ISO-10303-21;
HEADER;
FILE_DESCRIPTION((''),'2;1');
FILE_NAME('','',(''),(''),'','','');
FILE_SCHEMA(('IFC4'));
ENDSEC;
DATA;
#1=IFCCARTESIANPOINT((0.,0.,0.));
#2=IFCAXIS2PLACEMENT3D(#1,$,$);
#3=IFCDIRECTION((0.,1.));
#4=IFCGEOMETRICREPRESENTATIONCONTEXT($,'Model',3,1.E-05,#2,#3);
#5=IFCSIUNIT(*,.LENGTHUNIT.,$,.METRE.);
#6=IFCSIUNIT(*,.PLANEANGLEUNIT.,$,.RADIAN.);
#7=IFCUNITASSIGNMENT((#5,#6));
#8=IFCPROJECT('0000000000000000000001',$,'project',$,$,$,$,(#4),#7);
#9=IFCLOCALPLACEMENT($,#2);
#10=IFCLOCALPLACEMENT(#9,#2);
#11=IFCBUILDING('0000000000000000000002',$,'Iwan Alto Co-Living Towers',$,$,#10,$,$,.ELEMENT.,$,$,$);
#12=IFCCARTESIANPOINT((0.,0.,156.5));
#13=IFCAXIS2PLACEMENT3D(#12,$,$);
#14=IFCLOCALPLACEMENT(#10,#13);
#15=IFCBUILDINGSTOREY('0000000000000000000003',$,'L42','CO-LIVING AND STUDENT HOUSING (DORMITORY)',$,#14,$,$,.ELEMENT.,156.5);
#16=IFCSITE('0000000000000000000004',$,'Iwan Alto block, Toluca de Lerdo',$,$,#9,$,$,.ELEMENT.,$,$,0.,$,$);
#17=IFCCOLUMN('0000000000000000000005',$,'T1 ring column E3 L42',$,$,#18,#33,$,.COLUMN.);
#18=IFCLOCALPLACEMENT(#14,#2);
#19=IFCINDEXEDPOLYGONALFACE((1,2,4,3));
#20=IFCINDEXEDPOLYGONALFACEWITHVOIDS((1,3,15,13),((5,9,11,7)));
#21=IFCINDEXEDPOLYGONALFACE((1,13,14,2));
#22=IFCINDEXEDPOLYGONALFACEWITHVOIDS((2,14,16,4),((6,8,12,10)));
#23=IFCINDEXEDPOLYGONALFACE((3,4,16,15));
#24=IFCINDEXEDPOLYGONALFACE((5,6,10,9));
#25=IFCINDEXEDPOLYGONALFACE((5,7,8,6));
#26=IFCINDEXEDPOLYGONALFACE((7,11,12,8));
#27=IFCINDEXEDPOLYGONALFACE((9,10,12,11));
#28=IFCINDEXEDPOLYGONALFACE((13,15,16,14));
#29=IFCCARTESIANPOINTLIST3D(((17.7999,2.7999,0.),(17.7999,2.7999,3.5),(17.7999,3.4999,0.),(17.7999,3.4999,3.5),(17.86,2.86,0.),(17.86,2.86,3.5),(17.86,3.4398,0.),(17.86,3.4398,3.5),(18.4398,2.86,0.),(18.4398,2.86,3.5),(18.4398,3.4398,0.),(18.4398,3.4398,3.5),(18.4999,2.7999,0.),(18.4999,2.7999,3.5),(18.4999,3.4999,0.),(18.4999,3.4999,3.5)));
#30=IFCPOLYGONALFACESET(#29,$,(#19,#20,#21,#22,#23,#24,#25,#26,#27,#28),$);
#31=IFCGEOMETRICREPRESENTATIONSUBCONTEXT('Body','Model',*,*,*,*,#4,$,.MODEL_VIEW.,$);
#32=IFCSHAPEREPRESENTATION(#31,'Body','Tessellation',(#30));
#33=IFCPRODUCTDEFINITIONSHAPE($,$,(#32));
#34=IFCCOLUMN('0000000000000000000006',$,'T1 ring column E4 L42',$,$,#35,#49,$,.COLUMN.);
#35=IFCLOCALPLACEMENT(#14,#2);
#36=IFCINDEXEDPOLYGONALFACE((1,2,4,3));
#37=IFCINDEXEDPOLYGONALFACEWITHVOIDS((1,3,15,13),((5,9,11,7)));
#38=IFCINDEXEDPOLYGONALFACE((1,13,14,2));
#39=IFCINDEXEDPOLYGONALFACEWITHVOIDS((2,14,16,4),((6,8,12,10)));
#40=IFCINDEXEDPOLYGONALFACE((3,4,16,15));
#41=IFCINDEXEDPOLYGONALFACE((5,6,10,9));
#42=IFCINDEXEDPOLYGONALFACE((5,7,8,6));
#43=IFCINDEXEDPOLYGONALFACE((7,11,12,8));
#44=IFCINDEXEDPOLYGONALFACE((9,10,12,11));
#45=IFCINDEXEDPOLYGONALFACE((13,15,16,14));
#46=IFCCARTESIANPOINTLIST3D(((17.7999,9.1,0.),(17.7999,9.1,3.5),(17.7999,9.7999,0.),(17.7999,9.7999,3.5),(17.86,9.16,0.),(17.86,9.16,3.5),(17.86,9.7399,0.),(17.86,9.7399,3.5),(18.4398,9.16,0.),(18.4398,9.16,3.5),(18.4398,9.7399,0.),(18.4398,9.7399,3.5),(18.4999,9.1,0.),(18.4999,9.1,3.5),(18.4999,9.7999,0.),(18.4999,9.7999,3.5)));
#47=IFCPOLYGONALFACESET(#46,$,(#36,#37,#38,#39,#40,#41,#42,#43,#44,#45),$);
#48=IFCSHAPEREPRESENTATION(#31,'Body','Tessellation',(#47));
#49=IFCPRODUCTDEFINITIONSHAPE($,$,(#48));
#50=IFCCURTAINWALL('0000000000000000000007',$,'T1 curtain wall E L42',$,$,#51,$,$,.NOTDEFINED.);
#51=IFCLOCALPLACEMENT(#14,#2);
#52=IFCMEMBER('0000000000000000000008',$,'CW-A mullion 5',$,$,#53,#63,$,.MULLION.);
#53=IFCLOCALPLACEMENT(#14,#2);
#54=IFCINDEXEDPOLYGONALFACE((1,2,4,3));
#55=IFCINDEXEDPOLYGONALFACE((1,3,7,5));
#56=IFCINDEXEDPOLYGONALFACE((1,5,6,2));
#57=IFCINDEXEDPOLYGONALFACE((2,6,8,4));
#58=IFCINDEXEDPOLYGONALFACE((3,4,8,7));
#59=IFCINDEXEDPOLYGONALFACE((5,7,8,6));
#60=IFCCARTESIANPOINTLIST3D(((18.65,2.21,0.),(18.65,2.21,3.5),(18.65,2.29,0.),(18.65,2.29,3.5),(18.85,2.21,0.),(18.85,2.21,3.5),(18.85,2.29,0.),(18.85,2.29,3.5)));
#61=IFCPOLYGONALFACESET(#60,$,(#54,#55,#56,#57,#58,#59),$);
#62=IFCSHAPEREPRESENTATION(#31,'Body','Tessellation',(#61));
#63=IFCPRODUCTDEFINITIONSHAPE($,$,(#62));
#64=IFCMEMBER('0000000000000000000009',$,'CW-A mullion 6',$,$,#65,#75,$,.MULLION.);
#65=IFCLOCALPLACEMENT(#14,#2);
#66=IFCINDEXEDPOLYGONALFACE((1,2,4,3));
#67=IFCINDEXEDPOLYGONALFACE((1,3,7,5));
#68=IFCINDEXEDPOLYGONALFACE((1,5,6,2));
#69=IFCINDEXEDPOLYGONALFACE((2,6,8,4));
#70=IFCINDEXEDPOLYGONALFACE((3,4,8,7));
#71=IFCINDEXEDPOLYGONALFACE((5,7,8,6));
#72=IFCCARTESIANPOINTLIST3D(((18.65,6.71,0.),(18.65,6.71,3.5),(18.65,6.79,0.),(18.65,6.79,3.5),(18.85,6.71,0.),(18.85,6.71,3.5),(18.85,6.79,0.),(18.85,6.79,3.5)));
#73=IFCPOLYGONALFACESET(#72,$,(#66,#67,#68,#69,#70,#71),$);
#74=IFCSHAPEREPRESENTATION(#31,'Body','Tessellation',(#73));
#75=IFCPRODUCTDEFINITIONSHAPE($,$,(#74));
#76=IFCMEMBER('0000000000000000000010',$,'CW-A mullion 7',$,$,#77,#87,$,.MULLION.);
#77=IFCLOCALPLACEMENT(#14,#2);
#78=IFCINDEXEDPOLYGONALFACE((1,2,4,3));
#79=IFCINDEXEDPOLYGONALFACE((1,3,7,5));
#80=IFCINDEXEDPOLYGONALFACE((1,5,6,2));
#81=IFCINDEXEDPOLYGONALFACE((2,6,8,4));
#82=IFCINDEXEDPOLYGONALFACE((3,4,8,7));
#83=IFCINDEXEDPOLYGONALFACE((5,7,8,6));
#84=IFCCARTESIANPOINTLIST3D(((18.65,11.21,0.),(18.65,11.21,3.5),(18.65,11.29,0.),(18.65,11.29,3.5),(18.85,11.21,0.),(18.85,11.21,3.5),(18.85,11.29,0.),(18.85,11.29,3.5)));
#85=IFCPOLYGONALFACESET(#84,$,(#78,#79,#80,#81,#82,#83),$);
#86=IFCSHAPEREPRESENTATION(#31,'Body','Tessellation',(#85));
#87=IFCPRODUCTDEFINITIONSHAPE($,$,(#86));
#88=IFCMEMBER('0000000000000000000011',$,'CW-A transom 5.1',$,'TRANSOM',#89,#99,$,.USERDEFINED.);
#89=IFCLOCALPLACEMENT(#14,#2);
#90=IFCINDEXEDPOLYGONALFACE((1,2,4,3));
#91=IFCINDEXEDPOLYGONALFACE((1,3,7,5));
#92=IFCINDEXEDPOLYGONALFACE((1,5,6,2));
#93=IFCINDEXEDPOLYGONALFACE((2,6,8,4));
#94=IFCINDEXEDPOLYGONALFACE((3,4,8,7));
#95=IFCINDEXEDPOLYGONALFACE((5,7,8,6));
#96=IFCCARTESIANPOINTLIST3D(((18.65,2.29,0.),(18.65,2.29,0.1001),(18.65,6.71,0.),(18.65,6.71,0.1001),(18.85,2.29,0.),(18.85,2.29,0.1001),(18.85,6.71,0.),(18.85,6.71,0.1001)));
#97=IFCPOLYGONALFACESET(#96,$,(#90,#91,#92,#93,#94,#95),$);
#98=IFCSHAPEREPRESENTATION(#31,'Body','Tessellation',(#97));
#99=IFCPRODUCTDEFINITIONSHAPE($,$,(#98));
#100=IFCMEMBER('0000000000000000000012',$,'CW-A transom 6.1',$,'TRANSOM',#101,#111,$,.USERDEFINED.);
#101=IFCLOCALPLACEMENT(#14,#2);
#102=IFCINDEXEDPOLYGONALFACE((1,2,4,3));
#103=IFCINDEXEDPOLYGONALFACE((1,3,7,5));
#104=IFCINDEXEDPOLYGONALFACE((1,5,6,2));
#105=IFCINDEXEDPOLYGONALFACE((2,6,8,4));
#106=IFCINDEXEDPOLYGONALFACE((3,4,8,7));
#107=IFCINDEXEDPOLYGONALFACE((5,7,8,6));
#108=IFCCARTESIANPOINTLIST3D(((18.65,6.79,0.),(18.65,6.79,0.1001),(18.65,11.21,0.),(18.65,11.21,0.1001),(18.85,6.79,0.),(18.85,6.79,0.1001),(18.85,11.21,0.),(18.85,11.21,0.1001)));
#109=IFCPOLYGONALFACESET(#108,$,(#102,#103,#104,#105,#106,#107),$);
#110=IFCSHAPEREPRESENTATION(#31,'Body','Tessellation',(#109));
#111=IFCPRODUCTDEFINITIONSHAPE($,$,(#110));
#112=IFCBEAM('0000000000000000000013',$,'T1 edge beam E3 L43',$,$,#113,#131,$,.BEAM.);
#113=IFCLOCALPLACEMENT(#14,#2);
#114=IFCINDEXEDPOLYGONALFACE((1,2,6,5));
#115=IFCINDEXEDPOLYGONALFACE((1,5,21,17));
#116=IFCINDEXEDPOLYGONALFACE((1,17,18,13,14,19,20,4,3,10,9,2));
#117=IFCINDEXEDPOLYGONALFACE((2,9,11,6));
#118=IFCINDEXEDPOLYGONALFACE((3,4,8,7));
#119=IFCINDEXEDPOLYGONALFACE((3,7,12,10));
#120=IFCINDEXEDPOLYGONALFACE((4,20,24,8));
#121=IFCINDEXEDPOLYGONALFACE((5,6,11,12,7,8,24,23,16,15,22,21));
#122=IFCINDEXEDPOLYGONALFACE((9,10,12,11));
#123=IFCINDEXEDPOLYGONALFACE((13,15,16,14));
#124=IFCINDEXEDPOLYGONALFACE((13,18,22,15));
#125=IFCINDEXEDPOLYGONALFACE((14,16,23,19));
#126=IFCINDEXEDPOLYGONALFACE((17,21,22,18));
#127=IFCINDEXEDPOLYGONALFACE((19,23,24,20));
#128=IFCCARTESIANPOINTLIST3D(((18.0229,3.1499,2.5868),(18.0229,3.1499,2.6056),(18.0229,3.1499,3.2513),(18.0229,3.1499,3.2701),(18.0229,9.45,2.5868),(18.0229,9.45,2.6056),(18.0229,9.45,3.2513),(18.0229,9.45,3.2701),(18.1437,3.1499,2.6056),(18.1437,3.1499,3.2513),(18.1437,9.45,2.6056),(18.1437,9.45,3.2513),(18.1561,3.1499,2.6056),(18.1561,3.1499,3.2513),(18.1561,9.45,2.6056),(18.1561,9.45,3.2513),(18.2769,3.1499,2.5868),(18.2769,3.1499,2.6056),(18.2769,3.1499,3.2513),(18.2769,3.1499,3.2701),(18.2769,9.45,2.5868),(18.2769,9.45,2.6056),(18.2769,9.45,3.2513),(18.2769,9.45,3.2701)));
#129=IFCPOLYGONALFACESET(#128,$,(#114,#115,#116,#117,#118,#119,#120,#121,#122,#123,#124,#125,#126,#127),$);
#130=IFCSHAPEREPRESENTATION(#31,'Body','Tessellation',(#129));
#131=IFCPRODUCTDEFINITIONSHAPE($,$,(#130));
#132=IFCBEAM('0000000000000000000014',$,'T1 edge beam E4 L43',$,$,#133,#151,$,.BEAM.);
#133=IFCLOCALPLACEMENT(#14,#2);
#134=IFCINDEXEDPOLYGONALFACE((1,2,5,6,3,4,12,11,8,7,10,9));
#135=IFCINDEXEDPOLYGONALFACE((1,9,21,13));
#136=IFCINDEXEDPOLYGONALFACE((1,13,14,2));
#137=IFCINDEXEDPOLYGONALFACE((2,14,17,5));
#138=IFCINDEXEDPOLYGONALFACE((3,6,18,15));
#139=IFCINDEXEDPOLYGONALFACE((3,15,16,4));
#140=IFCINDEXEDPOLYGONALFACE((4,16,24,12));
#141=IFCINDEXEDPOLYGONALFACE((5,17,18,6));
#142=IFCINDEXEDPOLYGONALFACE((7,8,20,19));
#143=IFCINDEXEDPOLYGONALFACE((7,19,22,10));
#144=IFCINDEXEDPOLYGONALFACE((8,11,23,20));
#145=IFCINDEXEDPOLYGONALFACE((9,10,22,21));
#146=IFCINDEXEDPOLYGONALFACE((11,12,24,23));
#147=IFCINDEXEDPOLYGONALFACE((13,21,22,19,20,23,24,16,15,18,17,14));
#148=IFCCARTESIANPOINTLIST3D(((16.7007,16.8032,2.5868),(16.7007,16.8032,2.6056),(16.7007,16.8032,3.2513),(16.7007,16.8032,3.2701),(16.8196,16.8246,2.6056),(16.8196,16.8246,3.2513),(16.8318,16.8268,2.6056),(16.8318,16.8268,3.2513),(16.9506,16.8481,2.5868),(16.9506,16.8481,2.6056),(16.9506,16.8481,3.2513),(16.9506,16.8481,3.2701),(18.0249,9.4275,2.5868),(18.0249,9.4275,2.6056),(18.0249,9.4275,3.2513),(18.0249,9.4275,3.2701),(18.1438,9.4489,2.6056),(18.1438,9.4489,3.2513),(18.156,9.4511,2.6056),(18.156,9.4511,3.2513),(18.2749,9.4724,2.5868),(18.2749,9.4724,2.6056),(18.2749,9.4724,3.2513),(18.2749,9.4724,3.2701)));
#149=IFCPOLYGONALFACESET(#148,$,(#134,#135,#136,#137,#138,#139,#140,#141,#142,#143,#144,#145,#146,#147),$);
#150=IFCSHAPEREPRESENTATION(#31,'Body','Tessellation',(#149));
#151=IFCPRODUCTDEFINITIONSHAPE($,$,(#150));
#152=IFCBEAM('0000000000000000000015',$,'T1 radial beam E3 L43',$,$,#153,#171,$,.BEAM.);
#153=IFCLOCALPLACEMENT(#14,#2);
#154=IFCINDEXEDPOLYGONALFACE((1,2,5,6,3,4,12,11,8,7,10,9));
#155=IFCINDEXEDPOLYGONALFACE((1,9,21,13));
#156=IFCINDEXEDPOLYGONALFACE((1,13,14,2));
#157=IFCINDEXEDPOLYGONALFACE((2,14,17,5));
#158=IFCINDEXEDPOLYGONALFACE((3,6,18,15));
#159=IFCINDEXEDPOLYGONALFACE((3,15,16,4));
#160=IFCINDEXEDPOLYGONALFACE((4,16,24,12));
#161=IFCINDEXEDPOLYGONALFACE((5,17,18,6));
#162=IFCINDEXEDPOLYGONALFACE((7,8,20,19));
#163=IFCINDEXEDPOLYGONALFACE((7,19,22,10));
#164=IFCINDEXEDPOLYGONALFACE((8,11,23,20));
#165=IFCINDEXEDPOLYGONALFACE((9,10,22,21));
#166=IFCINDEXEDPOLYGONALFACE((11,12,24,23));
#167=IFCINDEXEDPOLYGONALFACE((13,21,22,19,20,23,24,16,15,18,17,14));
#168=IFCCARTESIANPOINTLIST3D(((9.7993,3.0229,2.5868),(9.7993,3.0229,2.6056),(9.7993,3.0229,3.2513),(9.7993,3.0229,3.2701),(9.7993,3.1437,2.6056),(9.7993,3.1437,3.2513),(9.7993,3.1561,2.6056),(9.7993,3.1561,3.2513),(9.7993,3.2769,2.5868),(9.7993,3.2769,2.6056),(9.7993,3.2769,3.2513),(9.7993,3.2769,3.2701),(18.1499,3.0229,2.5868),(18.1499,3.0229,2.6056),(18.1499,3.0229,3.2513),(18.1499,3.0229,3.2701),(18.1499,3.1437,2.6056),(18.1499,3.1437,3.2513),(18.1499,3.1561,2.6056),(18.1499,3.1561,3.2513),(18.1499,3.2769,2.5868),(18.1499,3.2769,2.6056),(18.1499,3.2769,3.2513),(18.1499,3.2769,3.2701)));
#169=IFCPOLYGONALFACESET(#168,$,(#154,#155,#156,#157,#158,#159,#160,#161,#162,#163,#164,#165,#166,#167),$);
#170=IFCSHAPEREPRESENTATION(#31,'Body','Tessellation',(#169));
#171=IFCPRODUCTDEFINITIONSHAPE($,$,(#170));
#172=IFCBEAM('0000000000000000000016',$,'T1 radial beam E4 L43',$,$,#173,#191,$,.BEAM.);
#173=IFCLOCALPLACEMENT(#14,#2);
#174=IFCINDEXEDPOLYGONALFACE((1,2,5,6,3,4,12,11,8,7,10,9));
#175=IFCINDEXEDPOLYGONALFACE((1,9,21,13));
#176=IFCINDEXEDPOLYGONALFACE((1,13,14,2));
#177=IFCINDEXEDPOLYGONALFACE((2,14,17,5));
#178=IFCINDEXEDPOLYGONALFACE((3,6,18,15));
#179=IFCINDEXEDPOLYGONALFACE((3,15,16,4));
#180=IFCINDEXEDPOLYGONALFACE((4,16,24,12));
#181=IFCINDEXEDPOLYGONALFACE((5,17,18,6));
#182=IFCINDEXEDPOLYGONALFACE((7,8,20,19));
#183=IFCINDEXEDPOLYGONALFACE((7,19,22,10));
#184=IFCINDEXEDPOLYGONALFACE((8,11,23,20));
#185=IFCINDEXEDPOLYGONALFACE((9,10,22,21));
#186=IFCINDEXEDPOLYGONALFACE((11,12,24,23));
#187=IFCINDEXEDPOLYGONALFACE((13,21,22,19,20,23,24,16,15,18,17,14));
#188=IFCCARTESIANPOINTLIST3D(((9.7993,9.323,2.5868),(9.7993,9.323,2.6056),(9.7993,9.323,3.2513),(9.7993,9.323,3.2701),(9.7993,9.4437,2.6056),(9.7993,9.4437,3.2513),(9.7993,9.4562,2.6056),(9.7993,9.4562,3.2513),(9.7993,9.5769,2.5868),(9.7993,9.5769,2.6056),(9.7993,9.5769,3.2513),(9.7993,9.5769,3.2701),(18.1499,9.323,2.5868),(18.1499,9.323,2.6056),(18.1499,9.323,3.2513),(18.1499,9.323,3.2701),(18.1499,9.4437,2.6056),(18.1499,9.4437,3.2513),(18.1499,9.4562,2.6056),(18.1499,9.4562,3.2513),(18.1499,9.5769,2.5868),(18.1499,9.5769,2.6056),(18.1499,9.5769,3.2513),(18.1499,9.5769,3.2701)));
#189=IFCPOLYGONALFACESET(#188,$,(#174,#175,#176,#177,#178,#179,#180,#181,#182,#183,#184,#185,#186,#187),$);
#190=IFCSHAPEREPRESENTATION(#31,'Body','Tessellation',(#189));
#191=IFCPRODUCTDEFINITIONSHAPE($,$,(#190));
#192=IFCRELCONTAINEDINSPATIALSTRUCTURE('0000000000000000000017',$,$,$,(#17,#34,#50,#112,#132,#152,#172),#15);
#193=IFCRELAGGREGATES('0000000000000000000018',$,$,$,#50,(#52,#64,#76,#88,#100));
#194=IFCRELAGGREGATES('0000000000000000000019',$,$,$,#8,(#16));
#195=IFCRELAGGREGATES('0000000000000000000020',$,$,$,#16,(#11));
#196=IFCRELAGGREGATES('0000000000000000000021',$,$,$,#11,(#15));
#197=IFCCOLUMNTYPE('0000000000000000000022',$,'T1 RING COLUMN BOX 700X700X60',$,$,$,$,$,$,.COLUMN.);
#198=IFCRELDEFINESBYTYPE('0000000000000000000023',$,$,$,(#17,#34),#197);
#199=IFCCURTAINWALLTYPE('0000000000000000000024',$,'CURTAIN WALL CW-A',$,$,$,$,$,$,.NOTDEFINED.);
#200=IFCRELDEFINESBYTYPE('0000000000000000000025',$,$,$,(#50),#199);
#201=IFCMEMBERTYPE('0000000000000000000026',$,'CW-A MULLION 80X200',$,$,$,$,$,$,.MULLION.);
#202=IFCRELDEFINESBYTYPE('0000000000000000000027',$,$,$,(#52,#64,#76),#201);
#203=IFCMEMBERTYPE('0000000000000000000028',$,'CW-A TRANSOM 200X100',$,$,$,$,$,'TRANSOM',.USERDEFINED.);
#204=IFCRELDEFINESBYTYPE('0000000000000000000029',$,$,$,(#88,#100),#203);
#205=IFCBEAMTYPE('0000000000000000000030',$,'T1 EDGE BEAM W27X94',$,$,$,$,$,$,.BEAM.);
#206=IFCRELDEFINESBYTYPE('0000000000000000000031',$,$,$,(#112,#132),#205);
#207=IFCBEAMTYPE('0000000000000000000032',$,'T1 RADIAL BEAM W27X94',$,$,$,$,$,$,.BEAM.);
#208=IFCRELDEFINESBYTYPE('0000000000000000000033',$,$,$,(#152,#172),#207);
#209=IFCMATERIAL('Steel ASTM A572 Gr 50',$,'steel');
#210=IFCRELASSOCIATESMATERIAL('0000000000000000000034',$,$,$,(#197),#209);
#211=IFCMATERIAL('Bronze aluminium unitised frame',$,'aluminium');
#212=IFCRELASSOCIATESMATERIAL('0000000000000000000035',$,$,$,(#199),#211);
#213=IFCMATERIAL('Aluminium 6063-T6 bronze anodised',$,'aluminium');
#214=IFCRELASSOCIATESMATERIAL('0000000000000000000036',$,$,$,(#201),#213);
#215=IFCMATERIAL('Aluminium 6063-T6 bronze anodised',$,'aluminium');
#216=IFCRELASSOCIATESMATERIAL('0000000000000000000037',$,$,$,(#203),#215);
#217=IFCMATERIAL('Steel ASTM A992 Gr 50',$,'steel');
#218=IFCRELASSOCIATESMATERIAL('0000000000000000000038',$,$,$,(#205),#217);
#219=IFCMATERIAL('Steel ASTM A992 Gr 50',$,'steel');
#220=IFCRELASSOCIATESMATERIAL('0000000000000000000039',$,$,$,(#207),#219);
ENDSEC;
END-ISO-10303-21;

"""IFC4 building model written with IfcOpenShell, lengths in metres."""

from ifc_helpers import new_model, si_unit, direction, frame, origin, origin_2d, place, context, subcontext, project, spatial, rectangle, hollow_rectangle, i_section, extrude, material, material_profile, profile_set, type_object, element, aggregate, save


model = new_model("IFC4")

# Units and contexts
model_context = context("Model", 3, precision=1e-05, world=origin(), true_north=direction((0.0, 1.0)))
body_context = subcontext(model_context, "Body", "Model", "MODEL_VIEW")
ifc_project = project(units=[si_unit("LENGTHUNIT", "METRE"), si_unit("PLANEANGLEUNIT", "RADIAN")], contexts=[model_context])

# Site, building, storey
site_placement = place(None, origin())
site = spatial("IfcSite", under=ifc_project, at=site_placement, Name="Iwan Alto block, Toluca de Lerdo", CompositionType="ELEMENT", RefElevation=0.0)
building_placement = place(site_placement, origin())
building = spatial("IfcBuilding", under=site, at=building_placement, Name="Iwan Alto Co-Living Towers", CompositionType="ELEMENT")
storey_placement = place(building_placement, frame((0.0, 0.0, 156.5)))
storey = spatial("IfcBuildingStorey", under=building, at=storey_placement, Name="L42", Description="CO-LIVING AND STUDENT HOUSING (DORMITORY)", CompositionType="ELEMENT", Elevation=156.5)

# Columns
ifc_material_1 = material(Name="Steel ASTM A572 Gr 50", Category="steel")
ifc_material_profile_1 = material_profile(ifc_material_1, hollow_rectangle(XDim=0.7, YDim=0.7, WallThickness=0.0601, at=origin_2d()), Name="BOX 700X700X60")
ifc_profile_set_1 = profile_set([ifc_material_profile_1], Name="Steel ASTM A572 Gr 50")
column_type = type_object("IfcColumnType", Name="T1 RING COLUMN BOX 700X700X60", PredefinedType="COLUMN", material=ifc_profile_set_1)
for number, where, z_axis, x_axis, name in (
    (1, (18.1499, 3.1499, 0.0), (0.0, 0.0, 1.0), (1.0, 0.0, 0.0), "T1 ring column E3 L42"),
    (2, (18.1499, 9.45, 0.0), (0.0, 0.0, 1.0), (1.0, 0.0, 0.0), "T1 ring column E4 L42"),
):
    element("IfcColumn", number, at=place(storey_placement, frame(where, z_axis=z_axis, x_axis=x_axis)), inside=storey, type_object=column_type, Name=name, PredefinedType="COLUMN", context=body_context, shape_type="SweptSolid", body=[
        extrude(hollow_rectangle(XDim=0.7, YDim=0.7, WallThickness=0.0601, at=origin_2d()), origin(), (0.0, 0.0, 1.0), 3.5),
    ])

# Curtain wall, members
ifc_material_2 = material(Name="Bronze aluminium unitised frame", Category="aluminium")
curtain_wall_type = type_object("IfcCurtainWallType", Name="CURTAIN WALL CW-A", PredefinedType="NOTDEFINED", material=ifc_material_2)
curtain_wall_placement = place(storey_placement, origin())
curtain_wall = element("IfcCurtainWall", 3, at=curtain_wall_placement, inside=storey, type_object=curtain_wall_type, Name="T1 curtain wall E L42", PredefinedType="NOTDEFINED")
ifc_material_3 = material(Name="Aluminium 6063-T6 bronze anodised", Category="aluminium")
ifc_material_profile_2 = material_profile(ifc_material_3, rectangle(XDim=0.2, YDim=0.0801, at=origin_2d()), Name="AL 80X200")
ifc_profile_set_2 = profile_set([ifc_material_profile_2], Name="Aluminium 6063-T6 bronze anodised")
member_type_1 = type_object("IfcMemberType", Name="CW-A MULLION 80X200", PredefinedType="MULLION", material=ifc_profile_set_2)
member_1_placement = place(storey_placement, frame((18.75, 2.25, 0.0), z_axis=(0.0, 0.0, 1.0), x_axis=(-1.0, 0.0, 0.0)))
member_1 = element("IfcMember", 4, at=member_1_placement, type_object=member_type_1, Name="CW-A mullion 5", PredefinedType="MULLION", context=body_context, shape_type="SweptSolid", body=[
    extrude(rectangle(XDim=0.2, YDim=0.0801, at=origin_2d()), origin(), (0.0, 0.0, 1.0), 3.5),
])
member_2_placement = place(storey_placement, frame((18.75, 6.75, 0.0), z_axis=(0.0, 0.0, 1.0), x_axis=(-1.0, 0.0, 0.0)))
member_2 = element("IfcMember", 5, at=member_2_placement, type_object=member_type_1, Name="CW-A mullion 6", PredefinedType="MULLION", context=body_context, shape_type="SweptSolid", body=[
    extrude(rectangle(XDim=0.2, YDim=0.0801, at=origin_2d()), origin(), (0.0, 0.0, 1.0), 3.5),
])
member_3_placement = place(storey_placement, frame((18.75, 11.25, 0.0), z_axis=(0.0, 0.0, 1.0), x_axis=(-1.0, 0.0, 0.0)))
member_3 = element("IfcMember", 6, at=member_3_placement, type_object=member_type_1, Name="CW-A mullion 7", PredefinedType="MULLION", context=body_context, shape_type="SweptSolid", body=[
    extrude(rectangle(XDim=0.2, YDim=0.0801, at=origin_2d()), origin(), (0.0, 0.0, 1.0), 3.5),
])
ifc_material_4 = material(Name="Aluminium 6063-T6 bronze anodised", Category="aluminium")
ifc_material_profile_3 = material_profile(ifc_material_4, rectangle(XDim=0.2, YDim=0.1001, at=origin_2d()), Name="AL 200X100")
ifc_profile_set_3 = profile_set([ifc_material_profile_3], Name="Aluminium 6063-T6 bronze anodised")
member_type_2 = type_object("IfcMemberType", Name="CW-A TRANSOM 200X100", ElementType="TRANSOM", PredefinedType="USERDEFINED", material=ifc_profile_set_3)
member_4_placement = place(storey_placement, frame((18.75, 2.29, 0.05), z_axis=(0.0, 1.0, 0.0), x_axis=(-1.0, 0.0, 0.0)))
member_4 = element("IfcMember", 7, at=member_4_placement, type_object=member_type_2, Name="CW-A transom 5.1", ObjectType="TRANSOM", PredefinedType="USERDEFINED", context=body_context, shape_type="SweptSolid", body=[
    extrude(rectangle(XDim=0.2, YDim=0.1001, at=origin_2d()), origin(), (0.0, 0.0, 1.0), 4.4199),
])
member_5_placement = place(storey_placement, frame((18.75, 6.79, 0.05), z_axis=(0.0, 1.0, 0.0), x_axis=(-1.0, 0.0, 0.0)))
member_5 = element("IfcMember", 8, at=member_5_placement, type_object=member_type_2, Name="CW-A transom 6.1", ObjectType="TRANSOM", PredefinedType="USERDEFINED", context=body_context, shape_type="SweptSolid", body=[
    extrude(rectangle(XDim=0.2, YDim=0.1001, at=origin_2d()), origin(), (0.0, 0.0, 1.0), 4.4199),
])

# Beams
ifc_material_5 = material(Name="Steel ASTM A992 Gr 50", Category="steel")
ifc_material_profile_4 = material_profile(ifc_material_5, i_section(OverallWidth=0.2539, OverallDepth=0.6833, WebThickness=0.0125, FlangeThickness=0.0188, at=origin_2d()), Name="W27X94")
ifc_profile_set_4 = profile_set([ifc_material_profile_4], Name="Steel ASTM A992 Gr 50")
beam_type_1 = type_object("IfcBeamType", Name="T1 EDGE BEAM W27X94", PredefinedType="BEAM", material=ifc_profile_set_4)
beam_1_placement = place(storey_placement, frame((18.1499, 3.1499, 2.9285), z_axis=(0.0, 1.0, 0.0), x_axis=(-1.0, 0.0, 0.0)))
element("IfcBeam", 9, at=beam_1_placement, inside=storey, type_object=beam_type_1, Name="T1 edge beam E3 L43", PredefinedType="BEAM", context=body_context, shape_type="SweptSolid", body=[
    extrude(i_section(OverallWidth=0.2539, OverallDepth=0.6833, WebThickness=0.0125, FlangeThickness=0.0188, at=origin_2d()), origin(), (0.0, 0.0, 1.0), 6.3),
])
beam_2_placement = place(storey_placement, frame((18.1499, 9.45, 2.9285), z_axis=(-0.176712, 0.984263, 0.0), x_axis=(-0.984263, -0.176712, 0.0)))
element("IfcBeam", 10, at=beam_2_placement, inside=storey, type_object=beam_type_1, Name="T1 edge beam E4 L43", PredefinedType="BEAM", context=body_context, shape_type="SweptSolid", body=[
    extrude(i_section(OverallWidth=0.2539, OverallDepth=0.6833, WebThickness=0.0125, FlangeThickness=0.0188, at=origin_2d()), origin(), (0.0, 0.0, 1.0), 7.4937),
])
ifc_material_6 = material(Name="Steel ASTM A992 Gr 50", Category="steel")
ifc_material_profile_5 = material_profile(ifc_material_6, i_section(OverallWidth=0.2539, OverallDepth=0.6833, WebThickness=0.0125, FlangeThickness=0.0188, at=origin_2d()), Name="W27X94")
ifc_profile_set_5 = profile_set([ifc_material_profile_5], Name="Steel ASTM A992 Gr 50")
beam_type_2 = type_object("IfcBeamType", Name="T1 RADIAL BEAM W27X94", PredefinedType="BEAM", material=ifc_profile_set_5)
for number, where, z_axis, x_axis, name in (
    (11, (18.1499, 3.1499, 2.9285), (-1.0, 0.0, 0.0), (0.0, -1.0, 0.0), "T1 radial beam E3 L43"),
    (12, (18.1499, 9.45, 2.9285), (-1.0, 0.0, 0.0), (0.0, -1.0, 0.0), "T1 radial beam E4 L43"),
):
    element("IfcBeam", number, at=place(storey_placement, frame(where, z_axis=z_axis, x_axis=x_axis)), inside=storey, type_object=beam_type_2, Name=name, PredefinedType="BEAM", context=body_context, shape_type="SweptSolid", body=[
        extrude(i_section(OverallWidth=0.2539, OverallDepth=0.6833, WebThickness=0.0125, FlangeThickness=0.0188, at=origin_2d()), origin(), (0.0, 0.0, 1.0), 8.3506),
    ])

aggregate(curtain_wall, [member_1, member_2, member_3, member_4, member_5])

save(model, "model.ifc")
